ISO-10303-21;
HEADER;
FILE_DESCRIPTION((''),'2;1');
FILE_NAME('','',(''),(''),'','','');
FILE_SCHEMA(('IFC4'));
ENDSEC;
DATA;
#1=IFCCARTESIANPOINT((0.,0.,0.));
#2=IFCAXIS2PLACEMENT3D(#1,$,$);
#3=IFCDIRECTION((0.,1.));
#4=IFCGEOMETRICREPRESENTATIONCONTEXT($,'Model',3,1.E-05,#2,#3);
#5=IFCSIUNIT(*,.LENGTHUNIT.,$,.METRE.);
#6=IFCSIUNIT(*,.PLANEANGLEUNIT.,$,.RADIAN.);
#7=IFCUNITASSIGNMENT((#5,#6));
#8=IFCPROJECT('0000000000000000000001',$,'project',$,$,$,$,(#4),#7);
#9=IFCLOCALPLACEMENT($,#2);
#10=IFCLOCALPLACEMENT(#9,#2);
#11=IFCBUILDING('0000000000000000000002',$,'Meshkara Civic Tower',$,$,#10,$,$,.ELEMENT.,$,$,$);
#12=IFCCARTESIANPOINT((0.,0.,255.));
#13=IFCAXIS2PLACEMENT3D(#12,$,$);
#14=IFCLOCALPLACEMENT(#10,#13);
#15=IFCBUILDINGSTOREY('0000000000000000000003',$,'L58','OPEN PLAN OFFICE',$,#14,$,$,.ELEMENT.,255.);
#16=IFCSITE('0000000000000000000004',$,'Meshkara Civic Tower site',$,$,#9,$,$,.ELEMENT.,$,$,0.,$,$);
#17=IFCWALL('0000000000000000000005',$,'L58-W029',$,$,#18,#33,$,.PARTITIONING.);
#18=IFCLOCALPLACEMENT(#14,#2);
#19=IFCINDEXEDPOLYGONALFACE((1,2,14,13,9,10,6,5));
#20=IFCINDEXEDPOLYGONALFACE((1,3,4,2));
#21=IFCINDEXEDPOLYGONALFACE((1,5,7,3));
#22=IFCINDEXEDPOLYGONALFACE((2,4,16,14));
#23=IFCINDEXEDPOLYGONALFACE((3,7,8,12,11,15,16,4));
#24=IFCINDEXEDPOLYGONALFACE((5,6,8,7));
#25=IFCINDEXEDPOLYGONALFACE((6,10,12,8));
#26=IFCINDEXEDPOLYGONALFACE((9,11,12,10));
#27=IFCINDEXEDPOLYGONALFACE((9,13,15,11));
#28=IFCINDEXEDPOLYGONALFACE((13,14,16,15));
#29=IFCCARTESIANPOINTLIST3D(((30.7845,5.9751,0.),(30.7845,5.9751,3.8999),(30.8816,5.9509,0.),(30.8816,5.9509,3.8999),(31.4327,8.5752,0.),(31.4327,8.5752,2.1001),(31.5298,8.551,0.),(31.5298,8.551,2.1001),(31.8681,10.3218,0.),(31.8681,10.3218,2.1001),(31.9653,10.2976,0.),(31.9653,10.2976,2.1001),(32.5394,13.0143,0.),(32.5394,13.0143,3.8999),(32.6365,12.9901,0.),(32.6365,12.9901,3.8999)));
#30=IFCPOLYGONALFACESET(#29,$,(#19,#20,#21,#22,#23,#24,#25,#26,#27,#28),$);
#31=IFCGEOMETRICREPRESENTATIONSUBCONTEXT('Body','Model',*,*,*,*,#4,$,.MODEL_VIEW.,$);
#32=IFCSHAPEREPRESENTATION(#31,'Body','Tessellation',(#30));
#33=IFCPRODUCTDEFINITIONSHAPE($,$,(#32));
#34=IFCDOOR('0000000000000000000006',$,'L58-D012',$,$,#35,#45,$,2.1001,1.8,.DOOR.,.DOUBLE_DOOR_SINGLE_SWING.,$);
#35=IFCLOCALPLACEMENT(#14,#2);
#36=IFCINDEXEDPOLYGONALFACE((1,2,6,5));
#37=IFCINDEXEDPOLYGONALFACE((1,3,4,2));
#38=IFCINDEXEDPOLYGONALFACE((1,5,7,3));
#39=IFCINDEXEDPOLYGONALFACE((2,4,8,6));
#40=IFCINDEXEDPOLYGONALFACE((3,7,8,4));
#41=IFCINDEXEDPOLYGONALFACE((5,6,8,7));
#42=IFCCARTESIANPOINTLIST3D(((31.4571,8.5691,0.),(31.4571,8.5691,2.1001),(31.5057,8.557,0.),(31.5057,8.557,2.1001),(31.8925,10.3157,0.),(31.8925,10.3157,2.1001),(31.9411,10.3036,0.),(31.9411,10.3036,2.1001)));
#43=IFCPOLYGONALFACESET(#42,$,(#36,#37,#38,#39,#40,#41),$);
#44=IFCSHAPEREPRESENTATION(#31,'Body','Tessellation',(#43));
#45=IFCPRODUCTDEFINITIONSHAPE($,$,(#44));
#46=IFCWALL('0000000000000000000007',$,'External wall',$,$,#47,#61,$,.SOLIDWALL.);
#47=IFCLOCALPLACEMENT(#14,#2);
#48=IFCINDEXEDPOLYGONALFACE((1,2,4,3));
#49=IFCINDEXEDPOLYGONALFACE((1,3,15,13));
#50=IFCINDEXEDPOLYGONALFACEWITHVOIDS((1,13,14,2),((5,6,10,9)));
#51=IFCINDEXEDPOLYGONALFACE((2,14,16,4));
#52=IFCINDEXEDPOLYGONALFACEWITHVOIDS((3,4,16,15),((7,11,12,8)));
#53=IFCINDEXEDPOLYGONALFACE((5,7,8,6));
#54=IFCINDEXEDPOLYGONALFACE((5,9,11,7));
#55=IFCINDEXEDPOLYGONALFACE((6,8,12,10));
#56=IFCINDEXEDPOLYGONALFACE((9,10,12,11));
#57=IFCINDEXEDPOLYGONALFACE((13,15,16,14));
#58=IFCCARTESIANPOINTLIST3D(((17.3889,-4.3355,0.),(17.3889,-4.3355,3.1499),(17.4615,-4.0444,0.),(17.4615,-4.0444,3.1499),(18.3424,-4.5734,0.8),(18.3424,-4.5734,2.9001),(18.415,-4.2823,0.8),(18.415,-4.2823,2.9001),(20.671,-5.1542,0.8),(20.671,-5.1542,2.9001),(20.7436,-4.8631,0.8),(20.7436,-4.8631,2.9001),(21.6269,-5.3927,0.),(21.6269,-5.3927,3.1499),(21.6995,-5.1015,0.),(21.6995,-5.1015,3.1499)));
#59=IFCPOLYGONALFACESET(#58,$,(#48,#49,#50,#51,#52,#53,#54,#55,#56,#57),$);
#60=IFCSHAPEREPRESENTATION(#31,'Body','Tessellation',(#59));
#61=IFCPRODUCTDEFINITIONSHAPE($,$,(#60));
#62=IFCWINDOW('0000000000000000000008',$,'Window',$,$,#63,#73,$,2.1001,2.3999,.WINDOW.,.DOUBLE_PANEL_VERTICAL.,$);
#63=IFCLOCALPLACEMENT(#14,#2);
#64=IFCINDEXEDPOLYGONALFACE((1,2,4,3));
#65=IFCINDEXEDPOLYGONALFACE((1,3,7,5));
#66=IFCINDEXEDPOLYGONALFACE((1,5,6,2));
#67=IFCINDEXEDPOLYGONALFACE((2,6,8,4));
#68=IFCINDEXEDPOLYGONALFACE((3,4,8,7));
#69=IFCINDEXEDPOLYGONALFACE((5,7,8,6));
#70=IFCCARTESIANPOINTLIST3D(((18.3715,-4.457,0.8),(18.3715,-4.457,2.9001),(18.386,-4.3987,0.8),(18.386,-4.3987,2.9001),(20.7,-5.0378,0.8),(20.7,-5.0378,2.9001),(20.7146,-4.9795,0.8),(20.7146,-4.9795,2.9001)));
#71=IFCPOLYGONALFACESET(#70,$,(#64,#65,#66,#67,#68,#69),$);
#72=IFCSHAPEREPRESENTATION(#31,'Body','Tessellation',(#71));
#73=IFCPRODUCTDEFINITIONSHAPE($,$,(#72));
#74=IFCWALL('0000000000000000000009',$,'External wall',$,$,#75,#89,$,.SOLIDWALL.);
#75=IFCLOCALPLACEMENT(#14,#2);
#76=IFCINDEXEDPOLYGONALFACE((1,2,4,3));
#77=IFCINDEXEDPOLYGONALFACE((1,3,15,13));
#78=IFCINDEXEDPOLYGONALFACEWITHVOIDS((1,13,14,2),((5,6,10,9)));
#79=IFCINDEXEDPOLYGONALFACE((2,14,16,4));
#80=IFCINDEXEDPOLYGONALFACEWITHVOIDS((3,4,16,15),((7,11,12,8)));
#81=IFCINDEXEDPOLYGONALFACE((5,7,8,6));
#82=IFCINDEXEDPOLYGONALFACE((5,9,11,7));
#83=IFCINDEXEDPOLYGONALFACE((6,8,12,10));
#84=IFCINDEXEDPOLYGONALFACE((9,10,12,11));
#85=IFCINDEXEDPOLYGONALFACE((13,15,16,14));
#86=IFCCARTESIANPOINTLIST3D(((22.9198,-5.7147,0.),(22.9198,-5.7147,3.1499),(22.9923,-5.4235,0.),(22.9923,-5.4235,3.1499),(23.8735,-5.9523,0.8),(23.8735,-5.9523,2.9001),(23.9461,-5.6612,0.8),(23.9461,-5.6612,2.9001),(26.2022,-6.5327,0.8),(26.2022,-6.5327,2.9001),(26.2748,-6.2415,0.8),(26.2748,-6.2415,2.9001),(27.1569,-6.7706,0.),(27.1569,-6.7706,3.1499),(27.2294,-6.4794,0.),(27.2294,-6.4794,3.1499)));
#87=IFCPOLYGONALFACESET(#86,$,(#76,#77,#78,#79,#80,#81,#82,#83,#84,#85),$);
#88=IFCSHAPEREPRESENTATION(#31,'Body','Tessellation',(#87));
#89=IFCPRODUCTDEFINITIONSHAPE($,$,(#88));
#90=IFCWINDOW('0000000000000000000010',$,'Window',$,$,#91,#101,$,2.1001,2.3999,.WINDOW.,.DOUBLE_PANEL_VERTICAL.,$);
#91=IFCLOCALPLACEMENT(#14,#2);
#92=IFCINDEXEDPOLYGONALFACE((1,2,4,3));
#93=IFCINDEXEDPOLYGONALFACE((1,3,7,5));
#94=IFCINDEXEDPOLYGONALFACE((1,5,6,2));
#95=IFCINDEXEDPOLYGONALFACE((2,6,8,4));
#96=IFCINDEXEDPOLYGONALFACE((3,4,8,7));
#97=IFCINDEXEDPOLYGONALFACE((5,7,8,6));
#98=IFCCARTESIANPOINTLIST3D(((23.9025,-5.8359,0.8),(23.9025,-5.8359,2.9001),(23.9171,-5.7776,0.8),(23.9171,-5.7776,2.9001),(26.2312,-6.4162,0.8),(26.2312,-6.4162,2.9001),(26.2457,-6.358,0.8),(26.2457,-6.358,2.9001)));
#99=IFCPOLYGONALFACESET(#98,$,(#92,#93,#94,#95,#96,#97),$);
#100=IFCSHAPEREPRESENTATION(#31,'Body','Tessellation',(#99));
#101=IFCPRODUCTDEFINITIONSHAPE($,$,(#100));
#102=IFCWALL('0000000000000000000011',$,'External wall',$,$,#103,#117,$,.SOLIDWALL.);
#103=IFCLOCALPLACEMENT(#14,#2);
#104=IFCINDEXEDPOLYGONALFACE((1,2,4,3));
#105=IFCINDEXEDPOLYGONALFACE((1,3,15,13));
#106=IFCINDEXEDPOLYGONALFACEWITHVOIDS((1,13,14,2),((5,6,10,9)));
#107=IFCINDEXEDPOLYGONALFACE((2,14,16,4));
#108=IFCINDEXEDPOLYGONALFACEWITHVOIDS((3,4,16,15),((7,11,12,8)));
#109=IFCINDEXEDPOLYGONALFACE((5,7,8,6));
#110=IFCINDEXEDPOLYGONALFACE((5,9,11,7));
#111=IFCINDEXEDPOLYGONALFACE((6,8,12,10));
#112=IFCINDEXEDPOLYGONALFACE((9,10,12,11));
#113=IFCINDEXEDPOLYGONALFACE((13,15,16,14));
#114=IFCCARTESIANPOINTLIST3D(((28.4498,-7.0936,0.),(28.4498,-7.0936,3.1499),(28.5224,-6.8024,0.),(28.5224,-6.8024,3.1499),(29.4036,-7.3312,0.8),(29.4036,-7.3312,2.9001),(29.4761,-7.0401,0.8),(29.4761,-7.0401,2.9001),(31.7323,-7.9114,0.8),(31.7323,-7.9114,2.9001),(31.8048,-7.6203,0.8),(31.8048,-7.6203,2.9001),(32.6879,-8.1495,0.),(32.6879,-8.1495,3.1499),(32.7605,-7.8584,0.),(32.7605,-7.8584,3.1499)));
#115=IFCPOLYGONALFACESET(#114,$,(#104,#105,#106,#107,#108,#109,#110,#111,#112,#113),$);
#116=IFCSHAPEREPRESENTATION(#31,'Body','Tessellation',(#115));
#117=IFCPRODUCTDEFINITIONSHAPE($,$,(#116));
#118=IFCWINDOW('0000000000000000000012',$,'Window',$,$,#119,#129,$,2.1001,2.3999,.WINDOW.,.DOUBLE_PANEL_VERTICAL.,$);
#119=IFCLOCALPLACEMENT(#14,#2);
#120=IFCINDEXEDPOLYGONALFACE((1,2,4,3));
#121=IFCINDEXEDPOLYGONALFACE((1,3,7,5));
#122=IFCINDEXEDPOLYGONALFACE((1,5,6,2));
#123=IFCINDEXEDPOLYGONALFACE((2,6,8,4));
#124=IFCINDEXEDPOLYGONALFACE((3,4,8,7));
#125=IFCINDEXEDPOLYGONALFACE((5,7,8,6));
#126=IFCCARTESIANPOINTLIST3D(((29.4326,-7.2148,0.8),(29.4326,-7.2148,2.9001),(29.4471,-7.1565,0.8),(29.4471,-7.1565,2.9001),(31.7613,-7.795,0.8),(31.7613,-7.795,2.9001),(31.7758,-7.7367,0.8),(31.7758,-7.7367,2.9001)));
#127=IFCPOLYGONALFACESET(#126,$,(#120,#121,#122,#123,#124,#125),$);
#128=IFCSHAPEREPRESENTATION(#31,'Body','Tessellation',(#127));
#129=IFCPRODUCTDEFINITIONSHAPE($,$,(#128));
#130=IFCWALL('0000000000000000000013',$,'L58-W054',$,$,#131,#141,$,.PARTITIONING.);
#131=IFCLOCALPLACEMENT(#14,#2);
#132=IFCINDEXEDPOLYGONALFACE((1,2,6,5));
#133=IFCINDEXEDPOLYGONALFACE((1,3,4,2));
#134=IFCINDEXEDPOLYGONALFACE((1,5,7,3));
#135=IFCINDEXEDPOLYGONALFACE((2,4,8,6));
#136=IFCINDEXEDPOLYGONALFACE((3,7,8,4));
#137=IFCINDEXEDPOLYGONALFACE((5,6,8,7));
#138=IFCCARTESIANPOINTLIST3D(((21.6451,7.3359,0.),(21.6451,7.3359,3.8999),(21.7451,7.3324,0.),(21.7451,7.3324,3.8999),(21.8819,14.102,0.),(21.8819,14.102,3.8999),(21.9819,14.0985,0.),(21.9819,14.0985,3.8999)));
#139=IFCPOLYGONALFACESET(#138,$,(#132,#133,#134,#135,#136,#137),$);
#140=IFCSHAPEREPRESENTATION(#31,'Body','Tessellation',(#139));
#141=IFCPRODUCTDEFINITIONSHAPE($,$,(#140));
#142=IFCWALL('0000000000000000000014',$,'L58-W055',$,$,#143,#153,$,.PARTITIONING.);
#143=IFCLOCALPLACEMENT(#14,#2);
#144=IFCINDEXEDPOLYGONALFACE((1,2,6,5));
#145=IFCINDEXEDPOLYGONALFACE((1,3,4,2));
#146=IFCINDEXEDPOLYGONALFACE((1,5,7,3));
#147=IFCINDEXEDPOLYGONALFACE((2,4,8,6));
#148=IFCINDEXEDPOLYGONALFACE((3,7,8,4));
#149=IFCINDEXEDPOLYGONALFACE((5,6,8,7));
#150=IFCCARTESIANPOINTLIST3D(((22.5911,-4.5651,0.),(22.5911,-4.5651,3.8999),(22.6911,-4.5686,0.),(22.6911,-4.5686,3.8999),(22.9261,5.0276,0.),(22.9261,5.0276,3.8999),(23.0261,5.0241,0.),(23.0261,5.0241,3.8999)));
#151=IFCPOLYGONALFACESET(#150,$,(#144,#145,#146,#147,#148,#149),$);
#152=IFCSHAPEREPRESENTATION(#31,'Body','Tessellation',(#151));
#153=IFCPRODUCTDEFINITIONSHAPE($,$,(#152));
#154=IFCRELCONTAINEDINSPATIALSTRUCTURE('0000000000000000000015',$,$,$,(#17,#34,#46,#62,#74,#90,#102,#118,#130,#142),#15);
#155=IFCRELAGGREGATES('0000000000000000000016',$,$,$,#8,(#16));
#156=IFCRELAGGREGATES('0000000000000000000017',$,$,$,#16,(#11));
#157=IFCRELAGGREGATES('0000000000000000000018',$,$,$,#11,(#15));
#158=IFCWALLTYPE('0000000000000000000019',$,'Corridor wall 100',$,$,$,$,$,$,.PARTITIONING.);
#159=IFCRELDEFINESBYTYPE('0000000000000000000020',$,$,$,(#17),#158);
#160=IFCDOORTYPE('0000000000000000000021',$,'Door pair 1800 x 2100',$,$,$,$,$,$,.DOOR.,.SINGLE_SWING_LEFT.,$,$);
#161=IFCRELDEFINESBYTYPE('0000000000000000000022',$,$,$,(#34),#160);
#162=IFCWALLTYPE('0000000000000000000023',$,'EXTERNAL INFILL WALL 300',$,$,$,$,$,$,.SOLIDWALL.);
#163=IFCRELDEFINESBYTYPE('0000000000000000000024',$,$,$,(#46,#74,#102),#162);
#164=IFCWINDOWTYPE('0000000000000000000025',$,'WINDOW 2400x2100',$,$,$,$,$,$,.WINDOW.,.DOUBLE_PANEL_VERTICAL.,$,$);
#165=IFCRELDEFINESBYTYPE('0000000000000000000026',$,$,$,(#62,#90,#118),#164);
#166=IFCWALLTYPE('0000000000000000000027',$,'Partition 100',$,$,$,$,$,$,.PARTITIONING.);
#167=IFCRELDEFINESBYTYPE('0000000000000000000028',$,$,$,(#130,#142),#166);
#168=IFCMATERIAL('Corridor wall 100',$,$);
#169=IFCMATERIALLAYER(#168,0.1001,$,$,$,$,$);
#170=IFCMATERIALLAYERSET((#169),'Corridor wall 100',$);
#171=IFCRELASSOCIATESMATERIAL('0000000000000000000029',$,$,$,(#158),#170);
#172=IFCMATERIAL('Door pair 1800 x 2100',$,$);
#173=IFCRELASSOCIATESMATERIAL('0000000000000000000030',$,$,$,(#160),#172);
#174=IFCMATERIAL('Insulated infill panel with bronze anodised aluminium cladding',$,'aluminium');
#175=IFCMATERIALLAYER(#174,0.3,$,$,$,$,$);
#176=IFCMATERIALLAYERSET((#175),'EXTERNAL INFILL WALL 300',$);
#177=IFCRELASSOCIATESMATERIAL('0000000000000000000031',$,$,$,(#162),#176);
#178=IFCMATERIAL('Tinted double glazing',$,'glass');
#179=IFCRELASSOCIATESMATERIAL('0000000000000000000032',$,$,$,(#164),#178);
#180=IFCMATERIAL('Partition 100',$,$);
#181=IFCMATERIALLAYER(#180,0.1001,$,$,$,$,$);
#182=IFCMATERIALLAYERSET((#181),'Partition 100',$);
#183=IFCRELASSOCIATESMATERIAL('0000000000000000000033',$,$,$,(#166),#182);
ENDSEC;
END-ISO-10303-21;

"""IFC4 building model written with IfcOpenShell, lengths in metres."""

from ifc_helpers import new_model, si_unit, direction, frame, frame_2d, origin, place, context, subcontext, project, spatial, rectangle, extrude, material, layer, layer_set, type_object, element, fill, save


model = new_model("IFC4")

# Units and contexts
model_context = context("Model", 3, precision=1e-05, world=origin(), true_north=direction((0.0, 1.0)))
body_context = subcontext(model_context, "Body", "Model", "MODEL_VIEW")
ifc_project = project(units=[si_unit("LENGTHUNIT", "METRE"), si_unit("PLANEANGLEUNIT", "RADIAN")], contexts=[model_context])

# Site, building, storey
site_placement = place(None, origin())
site = spatial("IfcSite", under=ifc_project, at=site_placement, Name="Meshkara Civic Tower site", CompositionType="ELEMENT", RefElevation=0.0)
building_placement = place(site_placement, origin())
building = spatial("IfcBuilding", under=site, at=building_placement, Name="Meshkara Civic Tower", CompositionType="ELEMENT")
storey_placement = place(building_placement, frame((0.0, 0.0, 255.0)))
storey = spatial("IfcBuildingStorey", under=building, at=storey_placement, Name="L58", Description="OPEN PLAN OFFICE", CompositionType="ELEMENT", Elevation=255.0)

# Shared definitions
ifc_material_1 = material(Name="Corridor wall 100")
ifc_layer_1 = layer(ifc_material_1, 0.1001)
ifc_layer_set_1 = layer_set([ifc_layer_1], Name="Corridor wall 100")
wall_type_1 = type_object("IfcWallType", Name="Corridor wall 100", PredefinedType="PARTITIONING", material=ifc_layer_set_1)

# Wall, opening, door
wall_1_placement = place(storey_placement, frame((30.833, 5.9629, 0.0), z_axis=(0.0, 0.0, 1.0), x_axis=(0.241902, 0.970301, 0.0)))
wall_1 = element("IfcWall", 1, at=wall_1_placement, inside=storey, type_object=wall_type_1, Name="L58-W029", PredefinedType="PARTITIONING", context=body_context, shape_type="SweptSolid", body=[
    extrude(rectangle(XDim=7.2546, YDim=0.1001, at=frame_2d((3.6274, 0.0))), origin(), (0.0, 0.0, 1.0), 3.8999),
])
opening_1_placement = place(wall_1_placement, frame((2.6799, 0.0, 0.0)))
opening_1 = element("IfcOpeningElement", 2, at=opening_1_placement, cuts=wall_1, PredefinedType="OPENING", context=body_context, shape_type="SweptSolid", body=[
    extrude(rectangle(XDim=1.8, YDim=2.1001, at=frame_2d((0.8999, 1.05))), frame((0.0, 0.0601, 0.0), z_axis=(0.0, -1.0, 0.0), x_axis=(1.0, 0.0, 0.0)), (0.0, 0.0, 1.0), 0.1201),
])
ifc_material_2 = material(Name="Door pair 1800 x 2100")
door_type_1 = type_object("IfcDoorType", Name="Door pair 1800 x 2100", OperationType="SINGLE_SWING_LEFT", PredefinedType="DOOR", material=ifc_material_2)
door_1_placement = place(opening_1_placement, origin())
door_1 = element("IfcDoor", 3, at=door_1_placement, inside=storey, type_object=door_type_1, Name="L58-D012", OperationType="DOUBLE_DOOR_SINGLE_SWING", OverallHeight=2.1001, OverallWidth=1.8, PredefinedType="DOOR", context=body_context, shape_type="SweptSolid", body=[
    extrude(rectangle(XDim=1.8, YDim=2.1001, at=frame_2d((0.8999, 1.05))), frame((0.0, 0.0249, 0.0), z_axis=(0.0, -1.0, 0.0), x_axis=(1.0, 0.0, 0.0)), (0.0, 0.0, 1.0), 0.05),
])
fill(opening_1, door_1)

# Walls, openings, windows
ifc_material_3 = material(Name="Insulated infill panel with bronze anodised aluminium cladding", Category="aluminium")
ifc_layer_2 = layer(ifc_material_3, 0.3)
ifc_layer_set_2 = layer_set([ifc_layer_2], Name="EXTERNAL INFILL WALL 300")
wall_type_2 = type_object("IfcWallType", Name="EXTERNAL INFILL WALL 300", PredefinedType="SOLIDWALL", material=ifc_layer_set_2)
wall_2_placement = place(storey_placement, frame((17.425, -4.1899, 0.0), z_axis=(0.0, 0.0, 1.0), x_axis=(0.970271, -0.242023, 0.0)))
wall_2 = element("IfcWall", 4, at=wall_2_placement, inside=storey, type_object=wall_type_2, Name="External wall", PredefinedType="SOLIDWALL", context=body_context, shape_type="SweptSolid", body=[
    extrude(rectangle(XDim=4.3679, YDim=0.3, at=frame_2d((2.1841, 0.0))), origin(), (0.0, 0.0, 1.0), 3.1499),
])
opening_2_placement = place(wall_2_placement, frame((0.9829, 0.0, 0.8)))
opening_2 = element("IfcOpeningElement", 5, at=opening_2_placement, cuts=wall_2, PredefinedType="OPENING", context=body_context, shape_type="SweptSolid", body=[
    extrude(rectangle(XDim=2.3999, YDim=2.1001, at=frame_2d((1.2, 1.05))), frame((0.0, 0.1599, 0.0), z_axis=(0.0, -1.0, 0.0), x_axis=(1.0, 0.0, 0.0)), (0.0, 0.0, 1.0), 0.3201),
])
ifc_material_4 = material(Name="Tinted double glazing", Category="glass")
window_type = type_object("IfcWindowType", Name="WINDOW 2400x2100", PartitioningType="DOUBLE_PANEL_VERTICAL", PredefinedType="WINDOW", material=ifc_material_4)
window_1_placement = place(opening_2_placement, origin())
window_1 = element("IfcWindow", 6, at=window_1_placement, inside=storey, type_object=window_type, Name="Window", OverallHeight=2.1001, OverallWidth=2.3999, PartitioningType="DOUBLE_PANEL_VERTICAL", PredefinedType="WINDOW", context=body_context, shape_type="SweptSolid", body=[
    extrude(rectangle(XDim=2.3999, YDim=2.1001, at=frame_2d((1.2, 1.05))), frame((0.0, 0.03, 0.0), z_axis=(0.0, -1.0, 0.0), x_axis=(1.0, 0.0, 0.0)), (0.0, 0.0, 1.0), 0.0601),
])
fill(opening_2, window_1)
wall_3_placement = place(storey_placement, frame((22.9561, -5.5691, 0.0), z_axis=(0.0, 0.0, 1.0), x_axis=(0.970323, -0.241812, 0.0)))
wall_3 = element("IfcWall", 7, at=wall_3_placement, inside=storey, type_object=wall_type_2, Name="External wall", PredefinedType="SOLIDWALL", context=body_context, shape_type="SweptSolid", body=[
    extrude(rectangle(XDim=4.3667, YDim=0.3, at=frame_2d((2.1833, 0.0))), origin(), (0.0, 0.0, 1.0), 3.1499),
])
opening_3_placement = place(wall_3_placement, frame((0.9829, 0.0, 0.8)))
opening_3 = element("IfcOpeningElement", 8, at=opening_3_placement, cuts=wall_3, PredefinedType="OPENING", context=body_context, shape_type="SweptSolid", body=[
    extrude(rectangle(XDim=2.3999, YDim=2.1001, at=frame_2d((1.2, 1.05))), frame((0.0, 0.1599, 0.0), z_axis=(0.0, -1.0, 0.0), x_axis=(1.0, 0.0, 0.0)), (0.0, 0.0, 1.0), 0.3201),
])
window_2_placement = place(opening_3_placement, origin())
window_2 = element("IfcWindow", 9, at=window_2_placement, inside=storey, type_object=window_type, Name="Window", OverallHeight=2.1001, OverallWidth=2.3999, PartitioningType="DOUBLE_PANEL_VERTICAL", PredefinedType="WINDOW", context=body_context, shape_type="SweptSolid", body=[
    extrude(rectangle(XDim=2.3999, YDim=2.1001, at=frame_2d((1.2, 1.05))), frame((0.0, 0.03, 0.0), z_axis=(0.0, -1.0, 0.0), x_axis=(1.0, 0.0, 0.0)), (0.0, 0.0, 1.0), 0.0601),
])
fill(opening_3, window_2)
wall_4_placement = place(storey_placement, frame((28.4861, -6.948, 0.0), z_axis=(0.0, 0.0, 1.0), x_axis=(0.970336, -0.24176, 0.0)))
wall_4 = element("IfcWall", 10, at=wall_4_placement, inside=storey, type_object=wall_type_2, Name="External wall", PredefinedType="SOLIDWALL", context=body_context, shape_type="SweptSolid", body=[
    extrude(rectangle(XDim=4.3677, YDim=0.3, at=frame_2d((2.1838, 0.0))), origin(), (0.0, 0.0, 1.0), 3.1499),
])
opening_4_placement = place(wall_4_placement, frame((0.9829, 0.0, 0.8)))
opening_4 = element("IfcOpeningElement", 11, at=opening_4_placement, cuts=wall_4, PredefinedType="OPENING", context=body_context, shape_type="SweptSolid", body=[
    extrude(rectangle(XDim=2.3999, YDim=2.1001, at=frame_2d((1.2, 1.05))), frame((0.0, 0.1599, 0.0), z_axis=(0.0, -1.0, 0.0), x_axis=(1.0, 0.0, 0.0)), (0.0, 0.0, 1.0), 0.3201),
])
window_3_placement = place(opening_4_placement, origin())
window_3 = element("IfcWindow", 12, at=window_3_placement, inside=storey, type_object=window_type, Name="Window", OverallHeight=2.1001, OverallWidth=2.3999, PartitioningType="DOUBLE_PANEL_VERTICAL", PredefinedType="WINDOW", context=body_context, shape_type="SweptSolid", body=[
    extrude(rectangle(XDim=2.3999, YDim=2.1001, at=frame_2d((1.2, 1.05))), frame((0.0, 0.03, 0.0), z_axis=(0.0, -1.0, 0.0), x_axis=(1.0, 0.0, 0.0)), (0.0, 0.0, 1.0), 0.0601),
])
fill(opening_4, window_3)

# Walls
ifc_material_5 = material(Name="Partition 100")
ifc_layer_3 = layer(ifc_material_5, 0.1001)
ifc_layer_set_3 = layer_set([ifc_layer_3], Name="Partition 100")
wall_type_3 = type_object("IfcWallType", Name="Partition 100", PredefinedType="PARTITIONING", material=ifc_layer_set_3)
wall_5_placement = place(storey_placement, frame((21.6951, 7.334, 0.0), z_axis=(0.0, 0.0, 1.0), x_axis=(0.034979, 0.999388, 0.0)))
element("IfcWall", 13, at=wall_5_placement, inside=storey, type_object=wall_type_3, Name="L58-W054", PredefinedType="PARTITIONING", context=body_context, shape_type="SweptSolid", body=[
    extrude(rectangle(XDim=6.7703, YDim=0.1001, at=frame_2d((3.3853, 0.0))), origin(), (0.0, 0.0, 1.0), 3.8999),
])
wall_6_placement = place(storey_placement, frame((22.6411, -4.5669, 0.0), z_axis=(0.0, 0.0, 1.0), x_axis=(0.034897, 0.999391, 0.0)))
element("IfcWall", 14, at=wall_6_placement, inside=storey, type_object=wall_type_3, Name="L58-W055", PredefinedType="PARTITIONING", context=body_context, shape_type="SweptSolid", body=[
    extrude(rectangle(XDim=9.5986, YDim=0.1001, at=frame_2d((4.7993, 0.0))), origin(), (0.0, 0.0, 1.0), 3.8999),
])

save(model, "model.ifc")
